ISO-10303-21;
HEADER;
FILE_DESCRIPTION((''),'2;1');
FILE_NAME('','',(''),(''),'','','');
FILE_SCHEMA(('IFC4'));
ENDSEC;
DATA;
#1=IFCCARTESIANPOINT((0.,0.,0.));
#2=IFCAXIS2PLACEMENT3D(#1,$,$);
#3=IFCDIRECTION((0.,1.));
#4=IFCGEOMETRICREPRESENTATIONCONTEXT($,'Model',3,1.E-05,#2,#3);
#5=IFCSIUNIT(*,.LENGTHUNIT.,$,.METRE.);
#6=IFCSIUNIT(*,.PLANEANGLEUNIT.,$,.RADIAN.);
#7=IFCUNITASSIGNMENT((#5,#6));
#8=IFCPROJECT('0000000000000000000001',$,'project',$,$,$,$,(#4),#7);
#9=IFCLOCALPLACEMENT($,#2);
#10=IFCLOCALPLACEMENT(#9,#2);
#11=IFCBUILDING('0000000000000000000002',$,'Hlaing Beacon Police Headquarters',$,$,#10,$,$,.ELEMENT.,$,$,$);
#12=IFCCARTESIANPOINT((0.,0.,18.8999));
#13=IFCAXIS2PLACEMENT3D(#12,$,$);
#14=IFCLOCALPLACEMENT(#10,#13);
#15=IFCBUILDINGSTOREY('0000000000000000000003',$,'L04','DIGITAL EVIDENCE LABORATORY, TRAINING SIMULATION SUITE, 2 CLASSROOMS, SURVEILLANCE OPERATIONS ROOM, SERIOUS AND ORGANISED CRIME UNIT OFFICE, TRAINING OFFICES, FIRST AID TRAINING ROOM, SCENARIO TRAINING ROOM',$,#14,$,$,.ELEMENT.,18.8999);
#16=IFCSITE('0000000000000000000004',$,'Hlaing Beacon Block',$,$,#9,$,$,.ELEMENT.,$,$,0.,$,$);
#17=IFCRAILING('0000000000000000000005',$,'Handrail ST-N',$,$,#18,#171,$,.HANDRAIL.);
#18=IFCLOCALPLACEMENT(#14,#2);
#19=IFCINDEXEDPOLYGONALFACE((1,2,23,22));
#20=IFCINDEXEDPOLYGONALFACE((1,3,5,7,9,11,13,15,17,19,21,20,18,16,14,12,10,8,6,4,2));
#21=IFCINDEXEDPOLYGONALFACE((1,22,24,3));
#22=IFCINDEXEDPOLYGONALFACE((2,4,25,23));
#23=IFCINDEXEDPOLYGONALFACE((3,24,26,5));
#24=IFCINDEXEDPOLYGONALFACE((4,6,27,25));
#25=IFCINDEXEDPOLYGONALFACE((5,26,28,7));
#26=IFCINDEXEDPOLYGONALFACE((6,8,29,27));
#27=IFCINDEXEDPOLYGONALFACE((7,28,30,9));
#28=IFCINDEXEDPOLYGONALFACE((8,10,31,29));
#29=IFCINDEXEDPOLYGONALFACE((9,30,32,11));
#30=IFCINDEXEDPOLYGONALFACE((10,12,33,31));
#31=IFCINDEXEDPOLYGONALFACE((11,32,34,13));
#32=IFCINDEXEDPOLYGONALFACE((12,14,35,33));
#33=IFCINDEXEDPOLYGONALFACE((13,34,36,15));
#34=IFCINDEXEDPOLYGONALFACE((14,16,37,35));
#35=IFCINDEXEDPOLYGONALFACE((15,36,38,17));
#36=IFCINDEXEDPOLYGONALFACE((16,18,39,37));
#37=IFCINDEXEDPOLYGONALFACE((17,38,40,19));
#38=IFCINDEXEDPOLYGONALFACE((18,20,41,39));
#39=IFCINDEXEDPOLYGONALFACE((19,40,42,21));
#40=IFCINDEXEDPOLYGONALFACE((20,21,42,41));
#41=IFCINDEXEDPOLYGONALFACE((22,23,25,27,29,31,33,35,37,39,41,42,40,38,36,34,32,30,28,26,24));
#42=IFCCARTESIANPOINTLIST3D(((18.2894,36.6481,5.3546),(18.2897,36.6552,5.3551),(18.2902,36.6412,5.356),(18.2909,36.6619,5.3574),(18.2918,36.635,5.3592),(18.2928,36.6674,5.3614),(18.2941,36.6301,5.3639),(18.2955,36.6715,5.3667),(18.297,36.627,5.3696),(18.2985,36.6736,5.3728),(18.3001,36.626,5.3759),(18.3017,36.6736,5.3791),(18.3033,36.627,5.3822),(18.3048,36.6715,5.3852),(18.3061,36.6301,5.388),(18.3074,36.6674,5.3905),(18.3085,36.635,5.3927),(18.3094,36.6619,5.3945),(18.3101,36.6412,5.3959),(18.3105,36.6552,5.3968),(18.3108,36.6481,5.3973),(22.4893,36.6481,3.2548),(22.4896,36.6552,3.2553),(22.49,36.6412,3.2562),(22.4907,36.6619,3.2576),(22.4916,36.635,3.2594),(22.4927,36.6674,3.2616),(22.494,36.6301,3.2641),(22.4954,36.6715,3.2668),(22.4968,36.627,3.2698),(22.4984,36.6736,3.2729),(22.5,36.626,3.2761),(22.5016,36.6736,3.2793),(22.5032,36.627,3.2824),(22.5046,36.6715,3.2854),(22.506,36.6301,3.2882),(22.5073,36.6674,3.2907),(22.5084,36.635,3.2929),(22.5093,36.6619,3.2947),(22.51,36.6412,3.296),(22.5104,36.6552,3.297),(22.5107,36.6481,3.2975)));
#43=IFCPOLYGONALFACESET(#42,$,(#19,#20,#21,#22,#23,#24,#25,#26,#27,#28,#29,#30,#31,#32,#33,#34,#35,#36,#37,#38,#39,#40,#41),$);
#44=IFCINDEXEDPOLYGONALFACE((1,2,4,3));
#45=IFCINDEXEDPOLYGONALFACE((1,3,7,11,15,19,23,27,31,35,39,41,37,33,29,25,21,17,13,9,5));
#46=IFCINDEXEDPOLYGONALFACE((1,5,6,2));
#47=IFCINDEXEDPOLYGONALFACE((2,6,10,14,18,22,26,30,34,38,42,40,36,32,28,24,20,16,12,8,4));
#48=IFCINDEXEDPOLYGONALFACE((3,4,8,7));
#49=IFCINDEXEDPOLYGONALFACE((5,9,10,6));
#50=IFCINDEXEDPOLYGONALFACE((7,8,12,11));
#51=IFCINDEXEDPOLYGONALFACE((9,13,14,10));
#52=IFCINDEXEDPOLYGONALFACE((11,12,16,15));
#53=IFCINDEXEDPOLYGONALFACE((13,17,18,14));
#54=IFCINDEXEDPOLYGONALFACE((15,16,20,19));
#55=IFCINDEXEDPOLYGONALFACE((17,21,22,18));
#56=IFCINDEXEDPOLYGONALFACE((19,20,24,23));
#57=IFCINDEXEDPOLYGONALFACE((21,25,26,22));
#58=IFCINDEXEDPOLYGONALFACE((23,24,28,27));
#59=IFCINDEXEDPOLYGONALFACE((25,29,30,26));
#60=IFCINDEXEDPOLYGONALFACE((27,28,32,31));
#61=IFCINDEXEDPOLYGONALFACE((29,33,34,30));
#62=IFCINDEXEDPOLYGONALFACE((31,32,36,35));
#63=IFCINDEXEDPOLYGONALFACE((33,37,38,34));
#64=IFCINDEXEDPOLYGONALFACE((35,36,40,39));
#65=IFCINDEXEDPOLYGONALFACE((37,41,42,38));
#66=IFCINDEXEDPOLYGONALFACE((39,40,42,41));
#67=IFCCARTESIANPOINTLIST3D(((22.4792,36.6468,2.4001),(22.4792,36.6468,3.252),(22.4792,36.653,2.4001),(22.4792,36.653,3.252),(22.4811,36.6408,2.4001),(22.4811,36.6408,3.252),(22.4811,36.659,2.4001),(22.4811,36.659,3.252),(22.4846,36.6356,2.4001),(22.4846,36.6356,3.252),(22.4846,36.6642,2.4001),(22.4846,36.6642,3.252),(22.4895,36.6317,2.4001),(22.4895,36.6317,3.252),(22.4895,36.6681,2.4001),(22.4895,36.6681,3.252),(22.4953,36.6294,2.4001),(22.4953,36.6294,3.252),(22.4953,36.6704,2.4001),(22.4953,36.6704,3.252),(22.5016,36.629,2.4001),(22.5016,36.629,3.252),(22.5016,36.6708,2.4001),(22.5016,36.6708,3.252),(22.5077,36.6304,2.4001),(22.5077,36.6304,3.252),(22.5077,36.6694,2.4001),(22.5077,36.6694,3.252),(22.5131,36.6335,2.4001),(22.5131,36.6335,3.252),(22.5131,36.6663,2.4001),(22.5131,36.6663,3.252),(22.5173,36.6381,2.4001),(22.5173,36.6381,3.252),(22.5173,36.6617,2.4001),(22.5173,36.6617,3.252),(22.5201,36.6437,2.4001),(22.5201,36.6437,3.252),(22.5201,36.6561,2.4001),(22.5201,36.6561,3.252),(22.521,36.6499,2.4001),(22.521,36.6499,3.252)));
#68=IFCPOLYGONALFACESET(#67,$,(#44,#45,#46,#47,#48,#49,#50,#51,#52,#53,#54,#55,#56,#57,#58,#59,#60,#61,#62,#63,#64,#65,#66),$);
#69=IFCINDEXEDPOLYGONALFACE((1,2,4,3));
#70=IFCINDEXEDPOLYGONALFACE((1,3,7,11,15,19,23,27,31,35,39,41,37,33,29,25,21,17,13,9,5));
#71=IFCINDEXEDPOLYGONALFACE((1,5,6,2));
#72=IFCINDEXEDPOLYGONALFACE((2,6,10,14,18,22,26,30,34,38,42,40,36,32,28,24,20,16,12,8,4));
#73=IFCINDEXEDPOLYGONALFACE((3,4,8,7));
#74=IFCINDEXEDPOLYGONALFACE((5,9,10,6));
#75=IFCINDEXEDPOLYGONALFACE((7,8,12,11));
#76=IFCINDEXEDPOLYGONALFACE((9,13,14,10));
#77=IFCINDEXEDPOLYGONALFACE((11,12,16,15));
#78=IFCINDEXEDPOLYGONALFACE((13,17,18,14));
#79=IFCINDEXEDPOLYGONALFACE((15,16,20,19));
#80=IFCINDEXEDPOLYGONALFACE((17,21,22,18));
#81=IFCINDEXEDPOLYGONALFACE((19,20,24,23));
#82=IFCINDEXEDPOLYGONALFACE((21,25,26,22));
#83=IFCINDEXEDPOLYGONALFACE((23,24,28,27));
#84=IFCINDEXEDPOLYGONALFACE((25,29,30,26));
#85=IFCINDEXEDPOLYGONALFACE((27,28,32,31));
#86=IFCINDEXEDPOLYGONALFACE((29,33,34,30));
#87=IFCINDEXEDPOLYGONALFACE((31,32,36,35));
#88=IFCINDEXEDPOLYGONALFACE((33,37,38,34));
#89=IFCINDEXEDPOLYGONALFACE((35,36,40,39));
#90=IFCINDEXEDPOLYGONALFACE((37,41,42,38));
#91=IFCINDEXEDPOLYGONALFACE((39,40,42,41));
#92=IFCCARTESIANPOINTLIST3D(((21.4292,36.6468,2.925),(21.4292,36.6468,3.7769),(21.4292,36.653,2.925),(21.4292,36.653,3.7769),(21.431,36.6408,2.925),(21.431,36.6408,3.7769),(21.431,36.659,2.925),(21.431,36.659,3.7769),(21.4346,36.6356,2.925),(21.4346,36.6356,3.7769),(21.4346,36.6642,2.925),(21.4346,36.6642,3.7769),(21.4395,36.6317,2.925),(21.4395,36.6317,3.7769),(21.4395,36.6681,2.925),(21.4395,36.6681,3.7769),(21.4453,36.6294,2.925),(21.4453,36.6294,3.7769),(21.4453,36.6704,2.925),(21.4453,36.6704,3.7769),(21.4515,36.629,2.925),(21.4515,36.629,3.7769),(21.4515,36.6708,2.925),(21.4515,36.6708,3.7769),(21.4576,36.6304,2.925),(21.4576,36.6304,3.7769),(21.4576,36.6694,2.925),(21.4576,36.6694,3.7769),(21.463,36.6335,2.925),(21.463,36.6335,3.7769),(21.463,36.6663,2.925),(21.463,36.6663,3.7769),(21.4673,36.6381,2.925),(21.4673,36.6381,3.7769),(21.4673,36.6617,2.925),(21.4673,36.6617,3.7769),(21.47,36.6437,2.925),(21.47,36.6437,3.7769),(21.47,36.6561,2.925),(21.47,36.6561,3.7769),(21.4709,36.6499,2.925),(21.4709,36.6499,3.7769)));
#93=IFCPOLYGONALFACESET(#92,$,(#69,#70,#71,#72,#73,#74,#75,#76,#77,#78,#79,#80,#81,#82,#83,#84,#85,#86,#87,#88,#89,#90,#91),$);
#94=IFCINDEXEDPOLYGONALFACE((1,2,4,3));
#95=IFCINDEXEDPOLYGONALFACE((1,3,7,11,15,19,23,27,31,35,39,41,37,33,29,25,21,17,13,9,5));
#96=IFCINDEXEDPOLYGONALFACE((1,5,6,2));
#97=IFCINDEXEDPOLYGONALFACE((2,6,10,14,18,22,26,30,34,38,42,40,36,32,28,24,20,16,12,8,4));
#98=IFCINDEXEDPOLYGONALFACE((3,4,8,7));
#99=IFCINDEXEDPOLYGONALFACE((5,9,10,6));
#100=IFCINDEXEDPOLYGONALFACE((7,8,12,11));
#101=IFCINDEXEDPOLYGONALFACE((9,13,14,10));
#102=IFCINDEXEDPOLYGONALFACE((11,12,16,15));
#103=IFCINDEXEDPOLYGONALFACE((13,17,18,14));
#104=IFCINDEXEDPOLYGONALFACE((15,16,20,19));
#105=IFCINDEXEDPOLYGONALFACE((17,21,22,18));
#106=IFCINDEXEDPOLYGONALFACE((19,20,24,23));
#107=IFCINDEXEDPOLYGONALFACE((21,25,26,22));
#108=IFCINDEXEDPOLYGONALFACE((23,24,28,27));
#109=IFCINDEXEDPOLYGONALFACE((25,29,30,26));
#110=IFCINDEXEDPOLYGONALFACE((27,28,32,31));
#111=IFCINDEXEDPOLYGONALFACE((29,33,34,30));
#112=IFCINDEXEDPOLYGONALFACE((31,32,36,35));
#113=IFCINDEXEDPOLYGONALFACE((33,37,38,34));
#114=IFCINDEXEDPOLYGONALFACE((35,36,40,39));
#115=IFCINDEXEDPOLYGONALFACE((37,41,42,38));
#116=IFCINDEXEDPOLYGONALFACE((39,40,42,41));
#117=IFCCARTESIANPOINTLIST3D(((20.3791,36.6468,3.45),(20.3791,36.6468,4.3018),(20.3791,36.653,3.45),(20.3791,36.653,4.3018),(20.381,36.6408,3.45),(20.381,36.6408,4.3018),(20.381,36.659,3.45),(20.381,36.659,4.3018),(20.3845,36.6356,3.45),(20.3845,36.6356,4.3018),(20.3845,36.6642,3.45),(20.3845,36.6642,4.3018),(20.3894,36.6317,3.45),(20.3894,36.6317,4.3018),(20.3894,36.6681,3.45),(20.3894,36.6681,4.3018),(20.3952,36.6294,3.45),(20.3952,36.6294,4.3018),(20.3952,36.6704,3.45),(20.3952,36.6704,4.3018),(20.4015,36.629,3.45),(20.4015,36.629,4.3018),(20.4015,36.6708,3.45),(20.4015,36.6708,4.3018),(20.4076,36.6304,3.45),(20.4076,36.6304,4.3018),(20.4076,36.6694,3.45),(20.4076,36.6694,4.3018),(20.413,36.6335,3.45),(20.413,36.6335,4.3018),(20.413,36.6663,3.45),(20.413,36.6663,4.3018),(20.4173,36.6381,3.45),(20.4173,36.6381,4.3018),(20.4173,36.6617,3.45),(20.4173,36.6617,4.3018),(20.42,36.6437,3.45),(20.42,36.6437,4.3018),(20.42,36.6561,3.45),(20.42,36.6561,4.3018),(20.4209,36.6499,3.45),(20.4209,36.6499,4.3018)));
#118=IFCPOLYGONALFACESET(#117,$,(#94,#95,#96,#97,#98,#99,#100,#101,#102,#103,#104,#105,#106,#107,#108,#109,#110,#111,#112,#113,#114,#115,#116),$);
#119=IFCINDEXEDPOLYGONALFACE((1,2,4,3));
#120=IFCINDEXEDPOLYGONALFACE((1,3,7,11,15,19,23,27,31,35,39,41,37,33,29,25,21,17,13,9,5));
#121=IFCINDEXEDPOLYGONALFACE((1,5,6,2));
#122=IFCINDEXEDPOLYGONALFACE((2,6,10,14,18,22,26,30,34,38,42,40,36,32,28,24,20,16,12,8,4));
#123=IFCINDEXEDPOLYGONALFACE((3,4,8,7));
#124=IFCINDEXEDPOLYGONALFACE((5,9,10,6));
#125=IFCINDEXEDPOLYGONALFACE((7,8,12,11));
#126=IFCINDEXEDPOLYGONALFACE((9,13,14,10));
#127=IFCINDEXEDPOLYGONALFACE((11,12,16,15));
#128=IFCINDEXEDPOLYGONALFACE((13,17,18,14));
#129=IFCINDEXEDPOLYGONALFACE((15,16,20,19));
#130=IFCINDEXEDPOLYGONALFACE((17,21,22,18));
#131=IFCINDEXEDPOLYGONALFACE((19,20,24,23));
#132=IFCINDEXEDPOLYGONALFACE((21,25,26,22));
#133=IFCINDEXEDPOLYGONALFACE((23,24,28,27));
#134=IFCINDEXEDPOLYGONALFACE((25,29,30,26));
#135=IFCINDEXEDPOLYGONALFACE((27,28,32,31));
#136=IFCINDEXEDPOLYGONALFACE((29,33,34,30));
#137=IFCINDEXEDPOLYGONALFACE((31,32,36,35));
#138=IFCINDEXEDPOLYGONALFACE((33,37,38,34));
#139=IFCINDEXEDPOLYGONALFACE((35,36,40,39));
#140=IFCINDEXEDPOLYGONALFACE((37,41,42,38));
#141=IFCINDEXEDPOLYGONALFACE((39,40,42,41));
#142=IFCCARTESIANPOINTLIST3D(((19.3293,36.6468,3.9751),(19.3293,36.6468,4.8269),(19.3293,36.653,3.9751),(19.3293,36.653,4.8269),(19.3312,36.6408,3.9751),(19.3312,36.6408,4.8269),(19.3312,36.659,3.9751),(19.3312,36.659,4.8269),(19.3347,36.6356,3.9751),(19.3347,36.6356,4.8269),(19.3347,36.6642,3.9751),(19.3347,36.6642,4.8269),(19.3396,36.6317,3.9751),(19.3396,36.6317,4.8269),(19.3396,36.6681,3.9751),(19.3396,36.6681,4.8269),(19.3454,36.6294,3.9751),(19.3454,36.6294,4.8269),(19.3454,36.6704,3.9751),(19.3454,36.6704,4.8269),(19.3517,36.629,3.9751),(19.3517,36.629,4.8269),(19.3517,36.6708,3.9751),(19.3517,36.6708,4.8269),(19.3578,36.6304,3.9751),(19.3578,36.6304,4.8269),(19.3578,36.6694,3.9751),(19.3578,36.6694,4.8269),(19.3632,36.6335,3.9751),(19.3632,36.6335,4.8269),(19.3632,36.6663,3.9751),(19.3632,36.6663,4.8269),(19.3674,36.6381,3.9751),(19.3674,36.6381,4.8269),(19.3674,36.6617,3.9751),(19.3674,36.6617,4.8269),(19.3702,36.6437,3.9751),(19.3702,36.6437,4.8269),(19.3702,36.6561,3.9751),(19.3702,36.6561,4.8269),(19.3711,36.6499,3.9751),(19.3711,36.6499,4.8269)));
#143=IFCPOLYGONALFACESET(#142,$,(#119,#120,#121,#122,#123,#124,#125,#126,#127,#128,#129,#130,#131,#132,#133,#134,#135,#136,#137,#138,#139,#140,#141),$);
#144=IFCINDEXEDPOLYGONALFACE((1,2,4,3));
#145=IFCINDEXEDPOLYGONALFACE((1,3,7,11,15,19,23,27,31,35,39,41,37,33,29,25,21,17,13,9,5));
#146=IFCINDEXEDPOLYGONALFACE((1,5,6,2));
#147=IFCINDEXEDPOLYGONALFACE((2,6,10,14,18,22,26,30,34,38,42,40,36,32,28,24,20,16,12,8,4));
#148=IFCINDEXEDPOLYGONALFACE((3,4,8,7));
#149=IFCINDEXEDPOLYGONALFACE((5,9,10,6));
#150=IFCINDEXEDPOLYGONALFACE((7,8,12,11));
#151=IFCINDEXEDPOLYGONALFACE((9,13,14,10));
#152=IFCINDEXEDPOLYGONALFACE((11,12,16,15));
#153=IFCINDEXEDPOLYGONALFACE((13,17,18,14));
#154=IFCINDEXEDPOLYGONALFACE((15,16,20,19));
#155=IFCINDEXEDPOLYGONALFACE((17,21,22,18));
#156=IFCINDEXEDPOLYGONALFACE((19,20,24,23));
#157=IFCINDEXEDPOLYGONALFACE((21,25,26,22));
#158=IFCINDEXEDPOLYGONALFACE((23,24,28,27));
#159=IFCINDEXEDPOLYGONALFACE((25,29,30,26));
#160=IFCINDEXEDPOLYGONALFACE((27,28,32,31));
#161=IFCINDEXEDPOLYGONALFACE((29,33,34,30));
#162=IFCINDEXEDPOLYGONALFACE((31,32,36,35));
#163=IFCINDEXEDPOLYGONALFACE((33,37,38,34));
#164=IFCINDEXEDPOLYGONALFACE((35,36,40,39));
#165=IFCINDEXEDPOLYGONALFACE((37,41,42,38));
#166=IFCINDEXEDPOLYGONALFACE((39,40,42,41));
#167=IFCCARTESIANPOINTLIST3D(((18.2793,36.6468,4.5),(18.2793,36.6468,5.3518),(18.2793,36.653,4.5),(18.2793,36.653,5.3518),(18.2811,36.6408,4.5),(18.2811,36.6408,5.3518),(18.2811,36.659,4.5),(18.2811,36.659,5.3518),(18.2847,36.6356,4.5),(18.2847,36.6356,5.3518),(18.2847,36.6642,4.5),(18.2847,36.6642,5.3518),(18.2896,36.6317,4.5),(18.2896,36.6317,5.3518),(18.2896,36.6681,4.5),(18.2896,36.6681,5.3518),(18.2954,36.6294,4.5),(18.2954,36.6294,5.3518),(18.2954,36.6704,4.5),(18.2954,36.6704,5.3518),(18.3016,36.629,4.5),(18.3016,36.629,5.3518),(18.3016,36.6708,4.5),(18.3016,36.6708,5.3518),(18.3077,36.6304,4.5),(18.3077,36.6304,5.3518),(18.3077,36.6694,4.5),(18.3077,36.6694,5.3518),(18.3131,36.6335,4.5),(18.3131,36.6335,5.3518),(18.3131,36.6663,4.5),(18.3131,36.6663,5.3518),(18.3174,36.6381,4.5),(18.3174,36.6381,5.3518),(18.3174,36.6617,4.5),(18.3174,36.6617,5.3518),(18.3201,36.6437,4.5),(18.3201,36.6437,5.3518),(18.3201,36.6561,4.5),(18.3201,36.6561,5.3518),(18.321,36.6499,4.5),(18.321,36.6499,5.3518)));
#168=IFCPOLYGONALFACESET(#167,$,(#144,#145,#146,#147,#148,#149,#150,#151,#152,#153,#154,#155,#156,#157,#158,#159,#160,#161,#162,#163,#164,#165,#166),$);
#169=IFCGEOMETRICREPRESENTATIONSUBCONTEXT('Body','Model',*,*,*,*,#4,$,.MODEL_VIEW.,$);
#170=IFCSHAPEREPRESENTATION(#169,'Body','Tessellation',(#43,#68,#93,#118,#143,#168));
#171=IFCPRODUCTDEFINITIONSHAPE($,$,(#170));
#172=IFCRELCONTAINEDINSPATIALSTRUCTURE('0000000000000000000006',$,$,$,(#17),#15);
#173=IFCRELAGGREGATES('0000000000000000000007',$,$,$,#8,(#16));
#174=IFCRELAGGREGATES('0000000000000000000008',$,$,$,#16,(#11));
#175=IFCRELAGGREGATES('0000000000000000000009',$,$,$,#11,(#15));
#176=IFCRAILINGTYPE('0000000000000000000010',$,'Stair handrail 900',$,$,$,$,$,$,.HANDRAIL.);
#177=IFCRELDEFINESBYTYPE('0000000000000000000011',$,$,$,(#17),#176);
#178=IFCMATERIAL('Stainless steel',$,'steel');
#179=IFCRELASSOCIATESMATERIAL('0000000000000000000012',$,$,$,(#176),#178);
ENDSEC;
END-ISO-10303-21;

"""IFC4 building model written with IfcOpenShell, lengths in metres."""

from ifc_helpers import new_model, si_unit, direction, frame, origin, origin_2d, place, context, subcontext, project, spatial, circle, extrude, material, type_object, element, save


model = new_model("IFC4")

# Units and contexts
model_context = context("Model", 3, precision=1e-05, world=origin(), true_north=direction((0.0, 1.0)))
body_context = subcontext(model_context, "Body", "Model", "MODEL_VIEW")
ifc_project = project(units=[si_unit("LENGTHUNIT", "METRE"), si_unit("PLANEANGLEUNIT", "RADIAN")], contexts=[model_context])

# Site, building, storey
site_placement = place(None, origin())
site = spatial("IfcSite", under=ifc_project, at=site_placement, Name="Hlaing Beacon Block", CompositionType="ELEMENT", RefElevation=0.0)
building_placement = place(site_placement, origin())
building = spatial("IfcBuilding", under=site, at=building_placement, Name="Hlaing Beacon Police Headquarters", CompositionType="ELEMENT")
storey_placement = place(building_placement, frame((0.0, 0.0, 18.8999)))
storey = spatial("IfcBuildingStorey", under=building, at=storey_placement, Name="L04", Description="DIGITAL EVIDENCE LABORATORY, TRAINING SIMULATION SUITE, 2 CLASSROOMS, SURVEILLANCE OPERATIONS ROOM, SERIOUS AND ORGANISED CRIME UNIT OFFICE, TRAINING OFFICES, FIRST AID TRAINING ROOM, SCENARIO TRAINING ROOM", CompositionType="ELEMENT", Elevation=18.8999)

# Railing
ifc_material_1 = material(Name="Stainless steel", Category="steel")
railing_type_1 = type_object("IfcRailingType", Name="Stair handrail 900", PredefinedType="HANDRAIL", material=ifc_material_1)
for number, where, name in (
    (1, (22.5, 36.6499, 2.4001), "Handrail ST-N"),
):
    element("IfcRailing", number, at=place(storey_placement, frame(where)), inside=storey, type_object=railing_type_1, Name=name, PredefinedType="HANDRAIL", context=body_context, shape_type="SweptSolid", body=[
        extrude(circle(Radius=0.0239, at=origin_2d()), frame((0.0, 0.0, 0.876), z_axis=(-0.894438, 0.0, 0.447193), x_axis=(0.0, -1.0, 0.0)), (0.0, 0.0, 1.0), 4.6956),
        extrude(circle(Radius=0.021, at=origin_2d()), origin(), (0.0, 0.0, 1.0), 0.8518),
        extrude(circle(Radius=0.021, at=origin_2d()), frame((-1.05, 0.0, 0.5249)), (0.0, 0.0, 1.0), 0.8518),
        extrude(circle(Radius=0.021, at=origin_2d()), frame((-2.1001, 0.0, 1.0498)), (0.0, 0.0, 1.0), 0.8518),
        extrude(circle(Radius=0.021, at=origin_2d()), frame((-3.1499, 0.0, 1.575)), (0.0, 0.0, 1.0), 0.8518),
        extrude(circle(Radius=0.021, at=origin_2d()), frame((-4.2, 0.0, 2.0999)), (0.0, 0.0, 1.0), 0.8518),
    ])

save(model, "model.ifc")
